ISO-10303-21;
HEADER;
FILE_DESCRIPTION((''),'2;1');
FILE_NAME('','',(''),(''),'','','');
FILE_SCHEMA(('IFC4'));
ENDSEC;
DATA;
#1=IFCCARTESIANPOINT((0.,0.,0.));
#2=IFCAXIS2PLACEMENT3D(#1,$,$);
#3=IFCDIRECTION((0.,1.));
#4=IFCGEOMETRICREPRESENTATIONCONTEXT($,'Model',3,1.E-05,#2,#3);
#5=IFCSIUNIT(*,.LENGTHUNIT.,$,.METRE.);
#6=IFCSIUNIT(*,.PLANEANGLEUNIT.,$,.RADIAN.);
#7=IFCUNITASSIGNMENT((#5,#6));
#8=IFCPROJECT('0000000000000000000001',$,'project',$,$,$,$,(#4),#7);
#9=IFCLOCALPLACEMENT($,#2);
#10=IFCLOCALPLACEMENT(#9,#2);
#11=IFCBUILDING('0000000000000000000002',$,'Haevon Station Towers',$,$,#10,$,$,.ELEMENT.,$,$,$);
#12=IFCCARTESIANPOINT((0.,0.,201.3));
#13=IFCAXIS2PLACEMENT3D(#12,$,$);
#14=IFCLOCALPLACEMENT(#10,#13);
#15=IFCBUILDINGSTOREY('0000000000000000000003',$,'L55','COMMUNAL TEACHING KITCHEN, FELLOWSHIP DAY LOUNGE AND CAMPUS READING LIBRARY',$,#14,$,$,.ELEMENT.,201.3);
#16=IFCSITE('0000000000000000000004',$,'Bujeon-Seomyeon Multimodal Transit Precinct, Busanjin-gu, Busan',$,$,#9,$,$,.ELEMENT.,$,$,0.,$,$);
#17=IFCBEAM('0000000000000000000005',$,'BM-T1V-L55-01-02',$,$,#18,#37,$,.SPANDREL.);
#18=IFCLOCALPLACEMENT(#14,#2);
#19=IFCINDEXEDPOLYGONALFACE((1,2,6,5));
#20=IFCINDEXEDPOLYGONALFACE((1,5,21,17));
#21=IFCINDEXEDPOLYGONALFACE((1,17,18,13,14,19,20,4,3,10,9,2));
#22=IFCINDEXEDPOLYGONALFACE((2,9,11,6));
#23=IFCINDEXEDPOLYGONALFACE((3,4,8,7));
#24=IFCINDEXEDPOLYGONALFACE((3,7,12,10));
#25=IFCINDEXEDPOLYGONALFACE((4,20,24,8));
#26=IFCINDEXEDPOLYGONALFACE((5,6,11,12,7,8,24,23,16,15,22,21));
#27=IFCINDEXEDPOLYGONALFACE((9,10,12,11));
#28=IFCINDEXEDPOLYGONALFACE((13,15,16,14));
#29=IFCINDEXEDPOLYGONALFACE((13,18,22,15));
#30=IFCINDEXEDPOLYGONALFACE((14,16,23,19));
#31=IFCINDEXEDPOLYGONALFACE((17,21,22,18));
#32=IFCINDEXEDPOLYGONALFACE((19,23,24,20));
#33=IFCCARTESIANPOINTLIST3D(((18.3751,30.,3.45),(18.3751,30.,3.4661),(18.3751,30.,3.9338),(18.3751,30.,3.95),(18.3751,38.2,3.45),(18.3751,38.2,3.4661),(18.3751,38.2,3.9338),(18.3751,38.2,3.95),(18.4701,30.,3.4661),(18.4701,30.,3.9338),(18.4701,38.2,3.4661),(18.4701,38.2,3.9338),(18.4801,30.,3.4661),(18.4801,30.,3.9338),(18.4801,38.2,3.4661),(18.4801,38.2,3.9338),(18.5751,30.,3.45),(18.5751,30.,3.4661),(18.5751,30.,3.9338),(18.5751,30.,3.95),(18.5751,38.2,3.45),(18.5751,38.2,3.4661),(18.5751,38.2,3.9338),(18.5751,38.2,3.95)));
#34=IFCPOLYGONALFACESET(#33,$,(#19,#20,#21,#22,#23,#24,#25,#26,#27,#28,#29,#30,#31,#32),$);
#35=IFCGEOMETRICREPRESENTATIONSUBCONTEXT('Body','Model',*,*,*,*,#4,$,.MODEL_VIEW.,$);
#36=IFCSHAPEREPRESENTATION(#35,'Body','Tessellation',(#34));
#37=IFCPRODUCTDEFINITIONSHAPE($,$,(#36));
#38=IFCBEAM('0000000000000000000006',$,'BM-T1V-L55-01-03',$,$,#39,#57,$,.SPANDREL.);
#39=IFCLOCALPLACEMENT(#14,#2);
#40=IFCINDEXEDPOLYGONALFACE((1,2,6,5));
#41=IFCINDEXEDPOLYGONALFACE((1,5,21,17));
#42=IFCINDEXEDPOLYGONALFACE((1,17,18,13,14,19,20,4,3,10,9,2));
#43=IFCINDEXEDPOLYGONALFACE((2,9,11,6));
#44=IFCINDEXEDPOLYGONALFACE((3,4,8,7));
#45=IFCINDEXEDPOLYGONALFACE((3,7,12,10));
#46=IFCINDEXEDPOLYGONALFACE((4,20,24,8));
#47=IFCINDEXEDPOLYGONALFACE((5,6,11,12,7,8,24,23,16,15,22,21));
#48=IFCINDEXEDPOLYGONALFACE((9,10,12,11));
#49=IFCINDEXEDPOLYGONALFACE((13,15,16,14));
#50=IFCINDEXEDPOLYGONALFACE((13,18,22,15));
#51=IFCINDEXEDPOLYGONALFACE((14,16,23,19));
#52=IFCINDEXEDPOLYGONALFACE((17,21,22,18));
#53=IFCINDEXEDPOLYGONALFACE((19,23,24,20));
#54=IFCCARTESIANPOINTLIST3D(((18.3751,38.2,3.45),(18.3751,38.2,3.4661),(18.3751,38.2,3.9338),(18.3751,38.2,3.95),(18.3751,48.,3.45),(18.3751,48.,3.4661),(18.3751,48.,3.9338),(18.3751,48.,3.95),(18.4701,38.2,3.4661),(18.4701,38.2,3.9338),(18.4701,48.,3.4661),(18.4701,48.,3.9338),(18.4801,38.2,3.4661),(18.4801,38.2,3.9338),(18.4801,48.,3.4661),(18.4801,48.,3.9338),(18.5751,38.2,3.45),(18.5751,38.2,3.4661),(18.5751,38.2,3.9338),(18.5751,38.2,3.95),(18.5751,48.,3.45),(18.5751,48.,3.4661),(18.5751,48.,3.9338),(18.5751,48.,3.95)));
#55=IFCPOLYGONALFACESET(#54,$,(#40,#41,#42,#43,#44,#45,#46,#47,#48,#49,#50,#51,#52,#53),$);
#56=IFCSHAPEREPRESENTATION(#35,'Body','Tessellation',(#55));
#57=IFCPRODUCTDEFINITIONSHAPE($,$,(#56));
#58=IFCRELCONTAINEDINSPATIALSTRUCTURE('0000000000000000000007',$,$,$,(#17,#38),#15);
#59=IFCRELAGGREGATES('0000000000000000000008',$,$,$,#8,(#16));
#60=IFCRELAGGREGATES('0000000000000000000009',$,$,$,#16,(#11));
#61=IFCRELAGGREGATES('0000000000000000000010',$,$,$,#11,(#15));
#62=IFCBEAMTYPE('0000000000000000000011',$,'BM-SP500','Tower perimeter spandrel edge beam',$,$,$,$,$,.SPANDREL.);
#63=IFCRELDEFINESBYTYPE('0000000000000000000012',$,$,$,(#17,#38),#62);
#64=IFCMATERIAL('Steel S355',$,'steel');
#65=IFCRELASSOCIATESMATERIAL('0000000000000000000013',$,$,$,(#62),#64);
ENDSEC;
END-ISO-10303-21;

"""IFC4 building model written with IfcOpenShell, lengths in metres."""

from ifc_helpers import new_model, si_unit, direction, frame, origin, origin_2d, place, context, subcontext, project, spatial, i_section, extrude, material, material_profile, profile_set, type_object, element, save


model = new_model("IFC4")

# Units and contexts
model_context = context("Model", 3, precision=1e-05, world=origin(), true_north=direction((0.0, 1.0)))
body_context = subcontext(model_context, "Body", "Model", "MODEL_VIEW")
ifc_project = project(units=[si_unit("LENGTHUNIT", "METRE"), si_unit("PLANEANGLEUNIT", "RADIAN")], contexts=[model_context])

# Site, building, storey
site_placement = place(None, origin())
site = spatial("IfcSite", under=ifc_project, at=site_placement, Name="Bujeon-Seomyeon Multimodal Transit Precinct, Busanjin-gu, Busan", CompositionType="ELEMENT", RefElevation=0.0)
building_placement = place(site_placement, origin())
building = spatial("IfcBuilding", under=site, at=building_placement, Name="Haevon Station Towers", CompositionType="ELEMENT")
storey_placement = place(building_placement, frame((0.0, 0.0, 201.3)))
storey = spatial("IfcBuildingStorey", under=building, at=storey_placement, Name="L55", Description="COMMUNAL TEACHING KITCHEN, FELLOWSHIP DAY LOUNGE AND CAMPUS READING LIBRARY", CompositionType="ELEMENT", Elevation=201.3)

# Shared definitions
ifc_material_1 = material(Name="Steel S355", Category="steel")

# Beams
ifc_material_profile_1 = material_profile(ifc_material_1, i_section(OverallWidth=0.2, OverallDepth=0.5, WebThickness=0.01, FlangeThickness=0.0161, at=origin_2d()), Name="H-500x200x10x16")
ifc_profile_set_1 = profile_set([ifc_material_profile_1], Name="Steel S355")
beam_type_1 = type_object("IfcBeamType", Name="BM-SP500", Description="Tower perimeter spandrel edge beam", PredefinedType="SPANDREL", material=ifc_profile_set_1)
beam_1_placement = place(storey_placement, frame((18.4751, 30.0, 3.7), z_axis=(0.0, 1.0, 0.0), x_axis=(-1.0, 0.0, 0.0)))
element("IfcBeam", 1, at=beam_1_placement, inside=storey, type_object=beam_type_1, Name="BM-T1V-L55-01-02", PredefinedType="SPANDREL", context=body_context, shape_type="SweptSolid", body=[
    extrude(i_section(OverallWidth=0.2, OverallDepth=0.5, WebThickness=0.01, FlangeThickness=0.0161, at=origin_2d()), origin(), (0.0, 0.0, 1.0), 8.2),
])
beam_2_placement = place(storey_placement, frame((18.4751, 38.2, 3.7), z_axis=(0.0, 1.0, 0.0), x_axis=(-1.0, 0.0, 0.0)))
element("IfcBeam", 2, at=beam_2_placement, inside=storey, type_object=beam_type_1, Name="BM-T1V-L55-01-03", PredefinedType="SPANDREL", context=body_context, shape_type="SweptSolid", body=[
    extrude(i_section(OverallWidth=0.2, OverallDepth=0.5, WebThickness=0.01, FlangeThickness=0.0161, at=origin_2d()), origin(), (0.0, 0.0, 1.0), 9.8),
])

save(model, "model.ifc")
